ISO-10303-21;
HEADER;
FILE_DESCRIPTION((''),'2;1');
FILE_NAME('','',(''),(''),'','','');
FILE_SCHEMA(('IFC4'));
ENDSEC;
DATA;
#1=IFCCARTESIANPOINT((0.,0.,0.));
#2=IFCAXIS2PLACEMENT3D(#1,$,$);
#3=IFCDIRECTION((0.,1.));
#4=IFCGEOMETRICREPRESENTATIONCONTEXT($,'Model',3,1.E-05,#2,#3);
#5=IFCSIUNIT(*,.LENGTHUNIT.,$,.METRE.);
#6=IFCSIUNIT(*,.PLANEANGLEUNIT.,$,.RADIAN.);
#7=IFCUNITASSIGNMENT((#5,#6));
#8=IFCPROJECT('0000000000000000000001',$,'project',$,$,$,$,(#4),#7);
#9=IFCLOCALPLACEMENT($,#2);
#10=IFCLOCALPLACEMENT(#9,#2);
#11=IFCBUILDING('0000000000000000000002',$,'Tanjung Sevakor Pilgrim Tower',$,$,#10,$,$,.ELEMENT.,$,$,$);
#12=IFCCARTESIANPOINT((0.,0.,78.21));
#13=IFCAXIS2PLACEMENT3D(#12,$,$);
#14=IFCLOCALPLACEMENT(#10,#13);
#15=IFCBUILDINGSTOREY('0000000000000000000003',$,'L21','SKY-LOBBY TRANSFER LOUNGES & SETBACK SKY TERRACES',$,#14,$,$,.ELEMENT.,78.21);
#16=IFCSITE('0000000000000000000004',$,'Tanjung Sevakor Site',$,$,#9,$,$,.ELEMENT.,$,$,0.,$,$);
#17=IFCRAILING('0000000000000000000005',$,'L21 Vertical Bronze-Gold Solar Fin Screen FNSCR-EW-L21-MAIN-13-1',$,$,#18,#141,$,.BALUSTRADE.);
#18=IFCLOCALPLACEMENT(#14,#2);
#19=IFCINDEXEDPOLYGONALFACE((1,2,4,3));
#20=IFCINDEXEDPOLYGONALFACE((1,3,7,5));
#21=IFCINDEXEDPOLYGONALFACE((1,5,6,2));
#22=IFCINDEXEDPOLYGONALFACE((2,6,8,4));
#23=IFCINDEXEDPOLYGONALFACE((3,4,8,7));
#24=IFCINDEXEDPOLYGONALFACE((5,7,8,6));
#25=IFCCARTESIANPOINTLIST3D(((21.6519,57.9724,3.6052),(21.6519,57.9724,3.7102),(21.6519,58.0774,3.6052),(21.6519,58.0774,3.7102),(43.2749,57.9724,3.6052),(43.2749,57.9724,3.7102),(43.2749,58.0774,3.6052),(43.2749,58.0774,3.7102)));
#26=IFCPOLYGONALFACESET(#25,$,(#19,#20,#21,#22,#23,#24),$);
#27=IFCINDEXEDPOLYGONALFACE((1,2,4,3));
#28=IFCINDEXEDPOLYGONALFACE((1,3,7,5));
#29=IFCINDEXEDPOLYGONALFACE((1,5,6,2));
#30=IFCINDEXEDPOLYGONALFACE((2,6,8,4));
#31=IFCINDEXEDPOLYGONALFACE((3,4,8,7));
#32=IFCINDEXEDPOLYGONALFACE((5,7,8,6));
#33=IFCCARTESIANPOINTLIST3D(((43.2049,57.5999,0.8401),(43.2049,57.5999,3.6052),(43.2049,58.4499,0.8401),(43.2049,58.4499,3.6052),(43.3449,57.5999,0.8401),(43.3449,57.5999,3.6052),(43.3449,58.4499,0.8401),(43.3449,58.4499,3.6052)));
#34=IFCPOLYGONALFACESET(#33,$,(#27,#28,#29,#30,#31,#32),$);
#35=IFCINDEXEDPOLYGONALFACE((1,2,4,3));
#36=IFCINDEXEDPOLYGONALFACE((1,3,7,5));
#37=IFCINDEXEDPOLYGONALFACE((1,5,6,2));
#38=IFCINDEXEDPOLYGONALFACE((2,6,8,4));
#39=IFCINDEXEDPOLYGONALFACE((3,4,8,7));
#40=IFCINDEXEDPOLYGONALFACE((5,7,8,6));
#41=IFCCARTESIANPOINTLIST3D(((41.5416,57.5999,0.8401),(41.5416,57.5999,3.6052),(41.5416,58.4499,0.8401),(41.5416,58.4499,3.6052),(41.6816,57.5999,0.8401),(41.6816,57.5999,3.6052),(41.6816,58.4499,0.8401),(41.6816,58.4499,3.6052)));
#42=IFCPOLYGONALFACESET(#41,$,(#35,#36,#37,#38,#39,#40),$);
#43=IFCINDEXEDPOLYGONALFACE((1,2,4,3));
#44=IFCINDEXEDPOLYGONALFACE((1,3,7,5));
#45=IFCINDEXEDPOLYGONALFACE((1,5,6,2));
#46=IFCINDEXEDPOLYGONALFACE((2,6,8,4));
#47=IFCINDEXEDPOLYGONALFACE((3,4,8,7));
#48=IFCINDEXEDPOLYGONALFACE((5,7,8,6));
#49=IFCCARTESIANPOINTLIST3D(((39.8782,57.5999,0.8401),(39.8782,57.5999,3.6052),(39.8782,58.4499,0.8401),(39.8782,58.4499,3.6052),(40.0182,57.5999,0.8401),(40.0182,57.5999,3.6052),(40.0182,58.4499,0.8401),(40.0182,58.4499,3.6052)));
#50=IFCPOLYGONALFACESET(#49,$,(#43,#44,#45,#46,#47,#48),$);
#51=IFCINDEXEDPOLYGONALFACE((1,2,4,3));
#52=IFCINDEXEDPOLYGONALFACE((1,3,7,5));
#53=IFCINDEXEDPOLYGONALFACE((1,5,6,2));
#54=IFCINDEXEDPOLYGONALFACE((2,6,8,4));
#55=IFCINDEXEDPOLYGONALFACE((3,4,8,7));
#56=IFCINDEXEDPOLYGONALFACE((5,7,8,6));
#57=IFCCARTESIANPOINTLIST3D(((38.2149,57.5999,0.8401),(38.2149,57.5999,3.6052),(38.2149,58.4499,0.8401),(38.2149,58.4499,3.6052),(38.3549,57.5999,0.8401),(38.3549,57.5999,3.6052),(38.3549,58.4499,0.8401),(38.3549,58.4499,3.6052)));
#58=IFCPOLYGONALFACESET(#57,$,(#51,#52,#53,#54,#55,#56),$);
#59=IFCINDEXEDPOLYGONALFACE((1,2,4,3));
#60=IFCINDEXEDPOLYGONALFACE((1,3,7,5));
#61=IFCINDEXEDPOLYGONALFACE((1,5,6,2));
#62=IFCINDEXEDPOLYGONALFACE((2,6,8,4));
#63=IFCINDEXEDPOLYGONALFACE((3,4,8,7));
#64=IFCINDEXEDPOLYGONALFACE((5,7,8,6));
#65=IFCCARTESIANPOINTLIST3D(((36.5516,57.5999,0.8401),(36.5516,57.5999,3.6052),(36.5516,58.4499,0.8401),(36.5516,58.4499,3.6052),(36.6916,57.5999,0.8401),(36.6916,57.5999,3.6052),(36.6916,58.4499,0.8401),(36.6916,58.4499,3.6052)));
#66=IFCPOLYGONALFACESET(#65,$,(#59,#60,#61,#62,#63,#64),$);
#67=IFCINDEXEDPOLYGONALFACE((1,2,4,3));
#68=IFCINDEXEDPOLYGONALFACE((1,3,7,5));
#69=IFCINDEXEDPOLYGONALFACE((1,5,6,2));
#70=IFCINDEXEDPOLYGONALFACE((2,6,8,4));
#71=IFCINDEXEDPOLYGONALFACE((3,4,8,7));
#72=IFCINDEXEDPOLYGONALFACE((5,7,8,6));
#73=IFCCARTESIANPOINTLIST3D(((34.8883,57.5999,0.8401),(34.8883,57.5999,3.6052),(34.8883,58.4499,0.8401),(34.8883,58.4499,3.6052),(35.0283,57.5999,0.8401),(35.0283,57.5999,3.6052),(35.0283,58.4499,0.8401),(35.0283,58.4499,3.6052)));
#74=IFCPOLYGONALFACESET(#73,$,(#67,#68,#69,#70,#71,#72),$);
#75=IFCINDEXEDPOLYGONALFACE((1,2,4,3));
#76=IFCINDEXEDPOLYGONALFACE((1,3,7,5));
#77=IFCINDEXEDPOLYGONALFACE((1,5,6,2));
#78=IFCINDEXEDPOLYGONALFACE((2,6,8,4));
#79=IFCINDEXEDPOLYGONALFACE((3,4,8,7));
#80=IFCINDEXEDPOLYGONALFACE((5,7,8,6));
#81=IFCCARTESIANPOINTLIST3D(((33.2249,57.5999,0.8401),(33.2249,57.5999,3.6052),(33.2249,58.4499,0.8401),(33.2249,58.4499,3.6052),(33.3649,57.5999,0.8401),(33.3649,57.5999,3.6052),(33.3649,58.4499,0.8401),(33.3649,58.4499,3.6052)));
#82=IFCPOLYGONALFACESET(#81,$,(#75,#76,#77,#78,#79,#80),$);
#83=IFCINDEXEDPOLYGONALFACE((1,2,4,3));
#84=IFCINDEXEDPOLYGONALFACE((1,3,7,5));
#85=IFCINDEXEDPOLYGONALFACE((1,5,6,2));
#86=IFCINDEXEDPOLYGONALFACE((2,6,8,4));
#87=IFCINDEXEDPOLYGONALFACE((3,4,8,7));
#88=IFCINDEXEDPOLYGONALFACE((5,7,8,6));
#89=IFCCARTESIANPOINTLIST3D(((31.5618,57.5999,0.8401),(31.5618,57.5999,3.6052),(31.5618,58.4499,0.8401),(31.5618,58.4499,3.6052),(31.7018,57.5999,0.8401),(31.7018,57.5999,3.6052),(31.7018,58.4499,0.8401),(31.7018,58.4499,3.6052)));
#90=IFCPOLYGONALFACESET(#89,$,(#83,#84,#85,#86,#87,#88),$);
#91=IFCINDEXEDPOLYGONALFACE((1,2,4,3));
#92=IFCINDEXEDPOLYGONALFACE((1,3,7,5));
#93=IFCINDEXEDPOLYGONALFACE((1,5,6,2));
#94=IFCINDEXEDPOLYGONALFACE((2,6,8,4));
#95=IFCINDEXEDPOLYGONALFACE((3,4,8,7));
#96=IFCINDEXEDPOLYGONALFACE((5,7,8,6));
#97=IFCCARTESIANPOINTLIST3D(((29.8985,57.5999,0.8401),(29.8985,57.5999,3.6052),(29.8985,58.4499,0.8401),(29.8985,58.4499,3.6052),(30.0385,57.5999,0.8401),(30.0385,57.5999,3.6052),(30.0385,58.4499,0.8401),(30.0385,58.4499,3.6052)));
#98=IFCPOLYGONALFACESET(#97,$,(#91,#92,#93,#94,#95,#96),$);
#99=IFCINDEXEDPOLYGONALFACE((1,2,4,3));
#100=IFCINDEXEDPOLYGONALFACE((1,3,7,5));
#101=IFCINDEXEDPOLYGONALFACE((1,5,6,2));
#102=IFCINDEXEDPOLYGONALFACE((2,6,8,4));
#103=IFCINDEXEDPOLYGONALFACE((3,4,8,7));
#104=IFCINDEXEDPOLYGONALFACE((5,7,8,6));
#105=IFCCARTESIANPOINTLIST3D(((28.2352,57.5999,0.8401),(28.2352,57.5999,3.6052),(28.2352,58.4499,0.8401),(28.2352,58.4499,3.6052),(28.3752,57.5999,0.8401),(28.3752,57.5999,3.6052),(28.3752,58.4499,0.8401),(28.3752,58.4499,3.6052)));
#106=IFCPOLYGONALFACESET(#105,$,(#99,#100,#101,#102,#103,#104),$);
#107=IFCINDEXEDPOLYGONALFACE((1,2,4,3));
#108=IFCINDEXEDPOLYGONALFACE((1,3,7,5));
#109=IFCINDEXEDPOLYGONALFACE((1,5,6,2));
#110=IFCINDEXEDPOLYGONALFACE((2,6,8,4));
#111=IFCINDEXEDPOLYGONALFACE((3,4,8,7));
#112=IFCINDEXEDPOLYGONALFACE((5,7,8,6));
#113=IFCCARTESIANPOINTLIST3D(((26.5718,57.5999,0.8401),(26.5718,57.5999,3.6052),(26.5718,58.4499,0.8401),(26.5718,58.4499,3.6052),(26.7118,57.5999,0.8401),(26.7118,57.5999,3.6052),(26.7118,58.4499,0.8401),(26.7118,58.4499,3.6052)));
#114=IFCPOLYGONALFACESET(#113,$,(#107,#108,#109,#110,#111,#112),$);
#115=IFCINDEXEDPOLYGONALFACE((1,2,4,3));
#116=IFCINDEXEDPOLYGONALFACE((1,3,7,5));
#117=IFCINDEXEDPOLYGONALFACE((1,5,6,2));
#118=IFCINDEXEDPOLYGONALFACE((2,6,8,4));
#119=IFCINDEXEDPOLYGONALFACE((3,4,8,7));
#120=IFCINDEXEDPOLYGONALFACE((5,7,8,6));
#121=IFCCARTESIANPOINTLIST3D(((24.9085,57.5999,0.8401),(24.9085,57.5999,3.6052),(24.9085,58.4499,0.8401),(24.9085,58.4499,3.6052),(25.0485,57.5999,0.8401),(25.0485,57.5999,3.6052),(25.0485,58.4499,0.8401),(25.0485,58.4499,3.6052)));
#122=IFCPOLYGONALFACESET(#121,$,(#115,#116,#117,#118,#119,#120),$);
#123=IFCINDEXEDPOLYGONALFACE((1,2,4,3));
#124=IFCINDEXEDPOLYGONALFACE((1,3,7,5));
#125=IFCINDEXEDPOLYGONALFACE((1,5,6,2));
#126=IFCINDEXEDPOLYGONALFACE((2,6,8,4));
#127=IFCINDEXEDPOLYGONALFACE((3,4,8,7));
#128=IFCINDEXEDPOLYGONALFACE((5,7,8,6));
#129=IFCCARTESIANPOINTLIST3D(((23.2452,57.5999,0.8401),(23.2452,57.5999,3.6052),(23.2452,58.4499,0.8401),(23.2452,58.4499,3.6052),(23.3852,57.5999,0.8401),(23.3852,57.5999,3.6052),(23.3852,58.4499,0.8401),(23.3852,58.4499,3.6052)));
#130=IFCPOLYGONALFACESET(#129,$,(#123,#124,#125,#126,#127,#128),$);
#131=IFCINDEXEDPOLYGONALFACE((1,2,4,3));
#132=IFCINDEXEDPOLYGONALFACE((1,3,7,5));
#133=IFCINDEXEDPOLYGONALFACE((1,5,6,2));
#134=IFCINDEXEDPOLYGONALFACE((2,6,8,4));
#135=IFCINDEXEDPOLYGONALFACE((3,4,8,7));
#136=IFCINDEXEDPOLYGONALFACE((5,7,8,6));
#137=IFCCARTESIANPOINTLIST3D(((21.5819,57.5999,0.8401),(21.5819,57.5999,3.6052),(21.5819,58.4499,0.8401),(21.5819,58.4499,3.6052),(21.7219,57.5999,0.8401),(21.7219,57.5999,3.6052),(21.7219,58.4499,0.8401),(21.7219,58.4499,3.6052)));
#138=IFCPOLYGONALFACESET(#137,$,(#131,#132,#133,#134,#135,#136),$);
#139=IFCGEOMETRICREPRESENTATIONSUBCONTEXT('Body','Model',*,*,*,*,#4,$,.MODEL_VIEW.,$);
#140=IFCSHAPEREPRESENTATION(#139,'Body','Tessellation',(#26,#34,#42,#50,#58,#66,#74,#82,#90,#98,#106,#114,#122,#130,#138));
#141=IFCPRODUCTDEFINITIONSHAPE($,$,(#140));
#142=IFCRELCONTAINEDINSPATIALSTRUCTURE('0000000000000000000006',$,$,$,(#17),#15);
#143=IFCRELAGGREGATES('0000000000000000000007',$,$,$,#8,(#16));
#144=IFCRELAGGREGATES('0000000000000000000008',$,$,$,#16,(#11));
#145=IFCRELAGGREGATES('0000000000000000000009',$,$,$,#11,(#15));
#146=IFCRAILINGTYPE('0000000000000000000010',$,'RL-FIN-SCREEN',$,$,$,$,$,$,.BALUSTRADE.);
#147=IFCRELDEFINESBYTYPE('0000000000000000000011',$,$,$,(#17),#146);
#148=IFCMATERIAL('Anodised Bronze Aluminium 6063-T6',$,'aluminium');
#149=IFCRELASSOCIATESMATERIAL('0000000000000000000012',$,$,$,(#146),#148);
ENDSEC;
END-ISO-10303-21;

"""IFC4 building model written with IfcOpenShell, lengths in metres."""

from ifc_helpers import new_model, si_unit, direction, frame, origin, place, context, subcontext, project, spatial, rectangle, extrude, material, type_object, element, save


model = new_model("IFC4")

# Units and contexts
model_context = context("Model", 3, precision=1e-05, world=origin(), true_north=direction((0.0, 1.0)))
body_context = subcontext(model_context, "Body", "Model", "MODEL_VIEW")
ifc_project = project(units=[si_unit("LENGTHUNIT", "METRE"), si_unit("PLANEANGLEUNIT", "RADIAN")], contexts=[model_context])

# Site, building, storey
site_placement = place(None, origin())
site = spatial("IfcSite", under=ifc_project, at=site_placement, Name="Tanjung Sevakor Site", CompositionType="ELEMENT", RefElevation=0.0)
building_placement = place(site_placement, origin())
building = spatial("IfcBuilding", under=site, at=building_placement, Name="Tanjung Sevakor Pilgrim Tower", CompositionType="ELEMENT")
storey_placement = place(building_placement, frame((0.0, 0.0, 78.21)))
storey = spatial("IfcBuildingStorey", under=building, at=storey_placement, Name="L21", Description="SKY-LOBBY TRANSFER LOUNGES & SETBACK SKY TERRACES", CompositionType="ELEMENT", Elevation=78.21)

# Railing
ifc_material_1 = material(Name="Anodised Bronze Aluminium 6063-T6", Category="aluminium")
railing_type = type_object("IfcRailingType", Name="RL-FIN-SCREEN", PredefinedType="BALUSTRADE", material=ifc_material_1)
railing_placement = place(storey_placement, frame((43.2749, 58.0249, 0.8401)))
element("IfcRailing", 1, at=railing_placement, inside=storey, type_object=railing_type, Name="L21 Vertical Bronze-Gold Solar Fin Screen FNSCR-EW-L21-MAIN-13-1", PredefinedType="BALUSTRADE", context=body_context, shape_type="SweptSolid", body=[
    extrude(rectangle(XDim=0.105, YDim=0.105), frame((0.0, 0.0, 2.8176), z_axis=(-1.0, 0.0, 0.0), x_axis=(0.0, -1.0, 0.0)), (0.0, 0.0, 1.0), 21.623),
    extrude(rectangle(XDim=0.14, YDim=0.85), origin(), (0.0, 0.0, 1.0), 2.7651),
    extrude(rectangle(XDim=0.14, YDim=0.85), frame((-1.6633, 0.0, 0.0)), (0.0, 0.0, 1.0), 2.7651),
    extrude(rectangle(XDim=0.14, YDim=0.85), frame((-3.3267, 0.0, 0.0)), (0.0, 0.0, 1.0), 2.7651),
    extrude(rectangle(XDim=0.14, YDim=0.85), frame((-4.99, 0.0, 0.0)), (0.0, 0.0, 1.0), 2.7651),
    extrude(rectangle(XDim=0.14, YDim=0.85), frame((-6.6533, 0.0, 0.0)), (0.0, 0.0, 1.0), 2.7651),
    extrude(rectangle(XDim=0.14, YDim=0.85), frame((-8.3167, 0.0, 0.0)), (0.0, 0.0, 1.0), 2.7651),
    extrude(rectangle(XDim=0.14, YDim=0.85), frame((-9.98, 0.0, 0.0)), (0.0, 0.0, 1.0), 2.7651),
    extrude(rectangle(XDim=0.14, YDim=0.85), frame((-11.6431, 0.0, 0.0)), (0.0, 0.0, 1.0), 2.7651),
    extrude(rectangle(XDim=0.14, YDim=0.85), frame((-13.3064, 0.0, 0.0)), (0.0, 0.0, 1.0), 2.7651),
    extrude(rectangle(XDim=0.14, YDim=0.85), frame((-14.9697, 0.0, 0.0)), (0.0, 0.0, 1.0), 2.7651),
    extrude(rectangle(XDim=0.14, YDim=0.85), frame((-16.6331, 0.0, 0.0)), (0.0, 0.0, 1.0), 2.7651),
    extrude(rectangle(XDim=0.14, YDim=0.85), frame((-18.2964, 0.0, 0.0)), (0.0, 0.0, 1.0), 2.7651),
    extrude(rectangle(XDim=0.14, YDim=0.85), frame((-19.9597, 0.0, 0.0)), (0.0, 0.0, 1.0), 2.7651),
    extrude(rectangle(XDim=0.14, YDim=0.85), frame((-21.623, 0.0, 0.0)), (0.0, 0.0, 1.0), 2.7651),
])

save(model, "model.ifc")
